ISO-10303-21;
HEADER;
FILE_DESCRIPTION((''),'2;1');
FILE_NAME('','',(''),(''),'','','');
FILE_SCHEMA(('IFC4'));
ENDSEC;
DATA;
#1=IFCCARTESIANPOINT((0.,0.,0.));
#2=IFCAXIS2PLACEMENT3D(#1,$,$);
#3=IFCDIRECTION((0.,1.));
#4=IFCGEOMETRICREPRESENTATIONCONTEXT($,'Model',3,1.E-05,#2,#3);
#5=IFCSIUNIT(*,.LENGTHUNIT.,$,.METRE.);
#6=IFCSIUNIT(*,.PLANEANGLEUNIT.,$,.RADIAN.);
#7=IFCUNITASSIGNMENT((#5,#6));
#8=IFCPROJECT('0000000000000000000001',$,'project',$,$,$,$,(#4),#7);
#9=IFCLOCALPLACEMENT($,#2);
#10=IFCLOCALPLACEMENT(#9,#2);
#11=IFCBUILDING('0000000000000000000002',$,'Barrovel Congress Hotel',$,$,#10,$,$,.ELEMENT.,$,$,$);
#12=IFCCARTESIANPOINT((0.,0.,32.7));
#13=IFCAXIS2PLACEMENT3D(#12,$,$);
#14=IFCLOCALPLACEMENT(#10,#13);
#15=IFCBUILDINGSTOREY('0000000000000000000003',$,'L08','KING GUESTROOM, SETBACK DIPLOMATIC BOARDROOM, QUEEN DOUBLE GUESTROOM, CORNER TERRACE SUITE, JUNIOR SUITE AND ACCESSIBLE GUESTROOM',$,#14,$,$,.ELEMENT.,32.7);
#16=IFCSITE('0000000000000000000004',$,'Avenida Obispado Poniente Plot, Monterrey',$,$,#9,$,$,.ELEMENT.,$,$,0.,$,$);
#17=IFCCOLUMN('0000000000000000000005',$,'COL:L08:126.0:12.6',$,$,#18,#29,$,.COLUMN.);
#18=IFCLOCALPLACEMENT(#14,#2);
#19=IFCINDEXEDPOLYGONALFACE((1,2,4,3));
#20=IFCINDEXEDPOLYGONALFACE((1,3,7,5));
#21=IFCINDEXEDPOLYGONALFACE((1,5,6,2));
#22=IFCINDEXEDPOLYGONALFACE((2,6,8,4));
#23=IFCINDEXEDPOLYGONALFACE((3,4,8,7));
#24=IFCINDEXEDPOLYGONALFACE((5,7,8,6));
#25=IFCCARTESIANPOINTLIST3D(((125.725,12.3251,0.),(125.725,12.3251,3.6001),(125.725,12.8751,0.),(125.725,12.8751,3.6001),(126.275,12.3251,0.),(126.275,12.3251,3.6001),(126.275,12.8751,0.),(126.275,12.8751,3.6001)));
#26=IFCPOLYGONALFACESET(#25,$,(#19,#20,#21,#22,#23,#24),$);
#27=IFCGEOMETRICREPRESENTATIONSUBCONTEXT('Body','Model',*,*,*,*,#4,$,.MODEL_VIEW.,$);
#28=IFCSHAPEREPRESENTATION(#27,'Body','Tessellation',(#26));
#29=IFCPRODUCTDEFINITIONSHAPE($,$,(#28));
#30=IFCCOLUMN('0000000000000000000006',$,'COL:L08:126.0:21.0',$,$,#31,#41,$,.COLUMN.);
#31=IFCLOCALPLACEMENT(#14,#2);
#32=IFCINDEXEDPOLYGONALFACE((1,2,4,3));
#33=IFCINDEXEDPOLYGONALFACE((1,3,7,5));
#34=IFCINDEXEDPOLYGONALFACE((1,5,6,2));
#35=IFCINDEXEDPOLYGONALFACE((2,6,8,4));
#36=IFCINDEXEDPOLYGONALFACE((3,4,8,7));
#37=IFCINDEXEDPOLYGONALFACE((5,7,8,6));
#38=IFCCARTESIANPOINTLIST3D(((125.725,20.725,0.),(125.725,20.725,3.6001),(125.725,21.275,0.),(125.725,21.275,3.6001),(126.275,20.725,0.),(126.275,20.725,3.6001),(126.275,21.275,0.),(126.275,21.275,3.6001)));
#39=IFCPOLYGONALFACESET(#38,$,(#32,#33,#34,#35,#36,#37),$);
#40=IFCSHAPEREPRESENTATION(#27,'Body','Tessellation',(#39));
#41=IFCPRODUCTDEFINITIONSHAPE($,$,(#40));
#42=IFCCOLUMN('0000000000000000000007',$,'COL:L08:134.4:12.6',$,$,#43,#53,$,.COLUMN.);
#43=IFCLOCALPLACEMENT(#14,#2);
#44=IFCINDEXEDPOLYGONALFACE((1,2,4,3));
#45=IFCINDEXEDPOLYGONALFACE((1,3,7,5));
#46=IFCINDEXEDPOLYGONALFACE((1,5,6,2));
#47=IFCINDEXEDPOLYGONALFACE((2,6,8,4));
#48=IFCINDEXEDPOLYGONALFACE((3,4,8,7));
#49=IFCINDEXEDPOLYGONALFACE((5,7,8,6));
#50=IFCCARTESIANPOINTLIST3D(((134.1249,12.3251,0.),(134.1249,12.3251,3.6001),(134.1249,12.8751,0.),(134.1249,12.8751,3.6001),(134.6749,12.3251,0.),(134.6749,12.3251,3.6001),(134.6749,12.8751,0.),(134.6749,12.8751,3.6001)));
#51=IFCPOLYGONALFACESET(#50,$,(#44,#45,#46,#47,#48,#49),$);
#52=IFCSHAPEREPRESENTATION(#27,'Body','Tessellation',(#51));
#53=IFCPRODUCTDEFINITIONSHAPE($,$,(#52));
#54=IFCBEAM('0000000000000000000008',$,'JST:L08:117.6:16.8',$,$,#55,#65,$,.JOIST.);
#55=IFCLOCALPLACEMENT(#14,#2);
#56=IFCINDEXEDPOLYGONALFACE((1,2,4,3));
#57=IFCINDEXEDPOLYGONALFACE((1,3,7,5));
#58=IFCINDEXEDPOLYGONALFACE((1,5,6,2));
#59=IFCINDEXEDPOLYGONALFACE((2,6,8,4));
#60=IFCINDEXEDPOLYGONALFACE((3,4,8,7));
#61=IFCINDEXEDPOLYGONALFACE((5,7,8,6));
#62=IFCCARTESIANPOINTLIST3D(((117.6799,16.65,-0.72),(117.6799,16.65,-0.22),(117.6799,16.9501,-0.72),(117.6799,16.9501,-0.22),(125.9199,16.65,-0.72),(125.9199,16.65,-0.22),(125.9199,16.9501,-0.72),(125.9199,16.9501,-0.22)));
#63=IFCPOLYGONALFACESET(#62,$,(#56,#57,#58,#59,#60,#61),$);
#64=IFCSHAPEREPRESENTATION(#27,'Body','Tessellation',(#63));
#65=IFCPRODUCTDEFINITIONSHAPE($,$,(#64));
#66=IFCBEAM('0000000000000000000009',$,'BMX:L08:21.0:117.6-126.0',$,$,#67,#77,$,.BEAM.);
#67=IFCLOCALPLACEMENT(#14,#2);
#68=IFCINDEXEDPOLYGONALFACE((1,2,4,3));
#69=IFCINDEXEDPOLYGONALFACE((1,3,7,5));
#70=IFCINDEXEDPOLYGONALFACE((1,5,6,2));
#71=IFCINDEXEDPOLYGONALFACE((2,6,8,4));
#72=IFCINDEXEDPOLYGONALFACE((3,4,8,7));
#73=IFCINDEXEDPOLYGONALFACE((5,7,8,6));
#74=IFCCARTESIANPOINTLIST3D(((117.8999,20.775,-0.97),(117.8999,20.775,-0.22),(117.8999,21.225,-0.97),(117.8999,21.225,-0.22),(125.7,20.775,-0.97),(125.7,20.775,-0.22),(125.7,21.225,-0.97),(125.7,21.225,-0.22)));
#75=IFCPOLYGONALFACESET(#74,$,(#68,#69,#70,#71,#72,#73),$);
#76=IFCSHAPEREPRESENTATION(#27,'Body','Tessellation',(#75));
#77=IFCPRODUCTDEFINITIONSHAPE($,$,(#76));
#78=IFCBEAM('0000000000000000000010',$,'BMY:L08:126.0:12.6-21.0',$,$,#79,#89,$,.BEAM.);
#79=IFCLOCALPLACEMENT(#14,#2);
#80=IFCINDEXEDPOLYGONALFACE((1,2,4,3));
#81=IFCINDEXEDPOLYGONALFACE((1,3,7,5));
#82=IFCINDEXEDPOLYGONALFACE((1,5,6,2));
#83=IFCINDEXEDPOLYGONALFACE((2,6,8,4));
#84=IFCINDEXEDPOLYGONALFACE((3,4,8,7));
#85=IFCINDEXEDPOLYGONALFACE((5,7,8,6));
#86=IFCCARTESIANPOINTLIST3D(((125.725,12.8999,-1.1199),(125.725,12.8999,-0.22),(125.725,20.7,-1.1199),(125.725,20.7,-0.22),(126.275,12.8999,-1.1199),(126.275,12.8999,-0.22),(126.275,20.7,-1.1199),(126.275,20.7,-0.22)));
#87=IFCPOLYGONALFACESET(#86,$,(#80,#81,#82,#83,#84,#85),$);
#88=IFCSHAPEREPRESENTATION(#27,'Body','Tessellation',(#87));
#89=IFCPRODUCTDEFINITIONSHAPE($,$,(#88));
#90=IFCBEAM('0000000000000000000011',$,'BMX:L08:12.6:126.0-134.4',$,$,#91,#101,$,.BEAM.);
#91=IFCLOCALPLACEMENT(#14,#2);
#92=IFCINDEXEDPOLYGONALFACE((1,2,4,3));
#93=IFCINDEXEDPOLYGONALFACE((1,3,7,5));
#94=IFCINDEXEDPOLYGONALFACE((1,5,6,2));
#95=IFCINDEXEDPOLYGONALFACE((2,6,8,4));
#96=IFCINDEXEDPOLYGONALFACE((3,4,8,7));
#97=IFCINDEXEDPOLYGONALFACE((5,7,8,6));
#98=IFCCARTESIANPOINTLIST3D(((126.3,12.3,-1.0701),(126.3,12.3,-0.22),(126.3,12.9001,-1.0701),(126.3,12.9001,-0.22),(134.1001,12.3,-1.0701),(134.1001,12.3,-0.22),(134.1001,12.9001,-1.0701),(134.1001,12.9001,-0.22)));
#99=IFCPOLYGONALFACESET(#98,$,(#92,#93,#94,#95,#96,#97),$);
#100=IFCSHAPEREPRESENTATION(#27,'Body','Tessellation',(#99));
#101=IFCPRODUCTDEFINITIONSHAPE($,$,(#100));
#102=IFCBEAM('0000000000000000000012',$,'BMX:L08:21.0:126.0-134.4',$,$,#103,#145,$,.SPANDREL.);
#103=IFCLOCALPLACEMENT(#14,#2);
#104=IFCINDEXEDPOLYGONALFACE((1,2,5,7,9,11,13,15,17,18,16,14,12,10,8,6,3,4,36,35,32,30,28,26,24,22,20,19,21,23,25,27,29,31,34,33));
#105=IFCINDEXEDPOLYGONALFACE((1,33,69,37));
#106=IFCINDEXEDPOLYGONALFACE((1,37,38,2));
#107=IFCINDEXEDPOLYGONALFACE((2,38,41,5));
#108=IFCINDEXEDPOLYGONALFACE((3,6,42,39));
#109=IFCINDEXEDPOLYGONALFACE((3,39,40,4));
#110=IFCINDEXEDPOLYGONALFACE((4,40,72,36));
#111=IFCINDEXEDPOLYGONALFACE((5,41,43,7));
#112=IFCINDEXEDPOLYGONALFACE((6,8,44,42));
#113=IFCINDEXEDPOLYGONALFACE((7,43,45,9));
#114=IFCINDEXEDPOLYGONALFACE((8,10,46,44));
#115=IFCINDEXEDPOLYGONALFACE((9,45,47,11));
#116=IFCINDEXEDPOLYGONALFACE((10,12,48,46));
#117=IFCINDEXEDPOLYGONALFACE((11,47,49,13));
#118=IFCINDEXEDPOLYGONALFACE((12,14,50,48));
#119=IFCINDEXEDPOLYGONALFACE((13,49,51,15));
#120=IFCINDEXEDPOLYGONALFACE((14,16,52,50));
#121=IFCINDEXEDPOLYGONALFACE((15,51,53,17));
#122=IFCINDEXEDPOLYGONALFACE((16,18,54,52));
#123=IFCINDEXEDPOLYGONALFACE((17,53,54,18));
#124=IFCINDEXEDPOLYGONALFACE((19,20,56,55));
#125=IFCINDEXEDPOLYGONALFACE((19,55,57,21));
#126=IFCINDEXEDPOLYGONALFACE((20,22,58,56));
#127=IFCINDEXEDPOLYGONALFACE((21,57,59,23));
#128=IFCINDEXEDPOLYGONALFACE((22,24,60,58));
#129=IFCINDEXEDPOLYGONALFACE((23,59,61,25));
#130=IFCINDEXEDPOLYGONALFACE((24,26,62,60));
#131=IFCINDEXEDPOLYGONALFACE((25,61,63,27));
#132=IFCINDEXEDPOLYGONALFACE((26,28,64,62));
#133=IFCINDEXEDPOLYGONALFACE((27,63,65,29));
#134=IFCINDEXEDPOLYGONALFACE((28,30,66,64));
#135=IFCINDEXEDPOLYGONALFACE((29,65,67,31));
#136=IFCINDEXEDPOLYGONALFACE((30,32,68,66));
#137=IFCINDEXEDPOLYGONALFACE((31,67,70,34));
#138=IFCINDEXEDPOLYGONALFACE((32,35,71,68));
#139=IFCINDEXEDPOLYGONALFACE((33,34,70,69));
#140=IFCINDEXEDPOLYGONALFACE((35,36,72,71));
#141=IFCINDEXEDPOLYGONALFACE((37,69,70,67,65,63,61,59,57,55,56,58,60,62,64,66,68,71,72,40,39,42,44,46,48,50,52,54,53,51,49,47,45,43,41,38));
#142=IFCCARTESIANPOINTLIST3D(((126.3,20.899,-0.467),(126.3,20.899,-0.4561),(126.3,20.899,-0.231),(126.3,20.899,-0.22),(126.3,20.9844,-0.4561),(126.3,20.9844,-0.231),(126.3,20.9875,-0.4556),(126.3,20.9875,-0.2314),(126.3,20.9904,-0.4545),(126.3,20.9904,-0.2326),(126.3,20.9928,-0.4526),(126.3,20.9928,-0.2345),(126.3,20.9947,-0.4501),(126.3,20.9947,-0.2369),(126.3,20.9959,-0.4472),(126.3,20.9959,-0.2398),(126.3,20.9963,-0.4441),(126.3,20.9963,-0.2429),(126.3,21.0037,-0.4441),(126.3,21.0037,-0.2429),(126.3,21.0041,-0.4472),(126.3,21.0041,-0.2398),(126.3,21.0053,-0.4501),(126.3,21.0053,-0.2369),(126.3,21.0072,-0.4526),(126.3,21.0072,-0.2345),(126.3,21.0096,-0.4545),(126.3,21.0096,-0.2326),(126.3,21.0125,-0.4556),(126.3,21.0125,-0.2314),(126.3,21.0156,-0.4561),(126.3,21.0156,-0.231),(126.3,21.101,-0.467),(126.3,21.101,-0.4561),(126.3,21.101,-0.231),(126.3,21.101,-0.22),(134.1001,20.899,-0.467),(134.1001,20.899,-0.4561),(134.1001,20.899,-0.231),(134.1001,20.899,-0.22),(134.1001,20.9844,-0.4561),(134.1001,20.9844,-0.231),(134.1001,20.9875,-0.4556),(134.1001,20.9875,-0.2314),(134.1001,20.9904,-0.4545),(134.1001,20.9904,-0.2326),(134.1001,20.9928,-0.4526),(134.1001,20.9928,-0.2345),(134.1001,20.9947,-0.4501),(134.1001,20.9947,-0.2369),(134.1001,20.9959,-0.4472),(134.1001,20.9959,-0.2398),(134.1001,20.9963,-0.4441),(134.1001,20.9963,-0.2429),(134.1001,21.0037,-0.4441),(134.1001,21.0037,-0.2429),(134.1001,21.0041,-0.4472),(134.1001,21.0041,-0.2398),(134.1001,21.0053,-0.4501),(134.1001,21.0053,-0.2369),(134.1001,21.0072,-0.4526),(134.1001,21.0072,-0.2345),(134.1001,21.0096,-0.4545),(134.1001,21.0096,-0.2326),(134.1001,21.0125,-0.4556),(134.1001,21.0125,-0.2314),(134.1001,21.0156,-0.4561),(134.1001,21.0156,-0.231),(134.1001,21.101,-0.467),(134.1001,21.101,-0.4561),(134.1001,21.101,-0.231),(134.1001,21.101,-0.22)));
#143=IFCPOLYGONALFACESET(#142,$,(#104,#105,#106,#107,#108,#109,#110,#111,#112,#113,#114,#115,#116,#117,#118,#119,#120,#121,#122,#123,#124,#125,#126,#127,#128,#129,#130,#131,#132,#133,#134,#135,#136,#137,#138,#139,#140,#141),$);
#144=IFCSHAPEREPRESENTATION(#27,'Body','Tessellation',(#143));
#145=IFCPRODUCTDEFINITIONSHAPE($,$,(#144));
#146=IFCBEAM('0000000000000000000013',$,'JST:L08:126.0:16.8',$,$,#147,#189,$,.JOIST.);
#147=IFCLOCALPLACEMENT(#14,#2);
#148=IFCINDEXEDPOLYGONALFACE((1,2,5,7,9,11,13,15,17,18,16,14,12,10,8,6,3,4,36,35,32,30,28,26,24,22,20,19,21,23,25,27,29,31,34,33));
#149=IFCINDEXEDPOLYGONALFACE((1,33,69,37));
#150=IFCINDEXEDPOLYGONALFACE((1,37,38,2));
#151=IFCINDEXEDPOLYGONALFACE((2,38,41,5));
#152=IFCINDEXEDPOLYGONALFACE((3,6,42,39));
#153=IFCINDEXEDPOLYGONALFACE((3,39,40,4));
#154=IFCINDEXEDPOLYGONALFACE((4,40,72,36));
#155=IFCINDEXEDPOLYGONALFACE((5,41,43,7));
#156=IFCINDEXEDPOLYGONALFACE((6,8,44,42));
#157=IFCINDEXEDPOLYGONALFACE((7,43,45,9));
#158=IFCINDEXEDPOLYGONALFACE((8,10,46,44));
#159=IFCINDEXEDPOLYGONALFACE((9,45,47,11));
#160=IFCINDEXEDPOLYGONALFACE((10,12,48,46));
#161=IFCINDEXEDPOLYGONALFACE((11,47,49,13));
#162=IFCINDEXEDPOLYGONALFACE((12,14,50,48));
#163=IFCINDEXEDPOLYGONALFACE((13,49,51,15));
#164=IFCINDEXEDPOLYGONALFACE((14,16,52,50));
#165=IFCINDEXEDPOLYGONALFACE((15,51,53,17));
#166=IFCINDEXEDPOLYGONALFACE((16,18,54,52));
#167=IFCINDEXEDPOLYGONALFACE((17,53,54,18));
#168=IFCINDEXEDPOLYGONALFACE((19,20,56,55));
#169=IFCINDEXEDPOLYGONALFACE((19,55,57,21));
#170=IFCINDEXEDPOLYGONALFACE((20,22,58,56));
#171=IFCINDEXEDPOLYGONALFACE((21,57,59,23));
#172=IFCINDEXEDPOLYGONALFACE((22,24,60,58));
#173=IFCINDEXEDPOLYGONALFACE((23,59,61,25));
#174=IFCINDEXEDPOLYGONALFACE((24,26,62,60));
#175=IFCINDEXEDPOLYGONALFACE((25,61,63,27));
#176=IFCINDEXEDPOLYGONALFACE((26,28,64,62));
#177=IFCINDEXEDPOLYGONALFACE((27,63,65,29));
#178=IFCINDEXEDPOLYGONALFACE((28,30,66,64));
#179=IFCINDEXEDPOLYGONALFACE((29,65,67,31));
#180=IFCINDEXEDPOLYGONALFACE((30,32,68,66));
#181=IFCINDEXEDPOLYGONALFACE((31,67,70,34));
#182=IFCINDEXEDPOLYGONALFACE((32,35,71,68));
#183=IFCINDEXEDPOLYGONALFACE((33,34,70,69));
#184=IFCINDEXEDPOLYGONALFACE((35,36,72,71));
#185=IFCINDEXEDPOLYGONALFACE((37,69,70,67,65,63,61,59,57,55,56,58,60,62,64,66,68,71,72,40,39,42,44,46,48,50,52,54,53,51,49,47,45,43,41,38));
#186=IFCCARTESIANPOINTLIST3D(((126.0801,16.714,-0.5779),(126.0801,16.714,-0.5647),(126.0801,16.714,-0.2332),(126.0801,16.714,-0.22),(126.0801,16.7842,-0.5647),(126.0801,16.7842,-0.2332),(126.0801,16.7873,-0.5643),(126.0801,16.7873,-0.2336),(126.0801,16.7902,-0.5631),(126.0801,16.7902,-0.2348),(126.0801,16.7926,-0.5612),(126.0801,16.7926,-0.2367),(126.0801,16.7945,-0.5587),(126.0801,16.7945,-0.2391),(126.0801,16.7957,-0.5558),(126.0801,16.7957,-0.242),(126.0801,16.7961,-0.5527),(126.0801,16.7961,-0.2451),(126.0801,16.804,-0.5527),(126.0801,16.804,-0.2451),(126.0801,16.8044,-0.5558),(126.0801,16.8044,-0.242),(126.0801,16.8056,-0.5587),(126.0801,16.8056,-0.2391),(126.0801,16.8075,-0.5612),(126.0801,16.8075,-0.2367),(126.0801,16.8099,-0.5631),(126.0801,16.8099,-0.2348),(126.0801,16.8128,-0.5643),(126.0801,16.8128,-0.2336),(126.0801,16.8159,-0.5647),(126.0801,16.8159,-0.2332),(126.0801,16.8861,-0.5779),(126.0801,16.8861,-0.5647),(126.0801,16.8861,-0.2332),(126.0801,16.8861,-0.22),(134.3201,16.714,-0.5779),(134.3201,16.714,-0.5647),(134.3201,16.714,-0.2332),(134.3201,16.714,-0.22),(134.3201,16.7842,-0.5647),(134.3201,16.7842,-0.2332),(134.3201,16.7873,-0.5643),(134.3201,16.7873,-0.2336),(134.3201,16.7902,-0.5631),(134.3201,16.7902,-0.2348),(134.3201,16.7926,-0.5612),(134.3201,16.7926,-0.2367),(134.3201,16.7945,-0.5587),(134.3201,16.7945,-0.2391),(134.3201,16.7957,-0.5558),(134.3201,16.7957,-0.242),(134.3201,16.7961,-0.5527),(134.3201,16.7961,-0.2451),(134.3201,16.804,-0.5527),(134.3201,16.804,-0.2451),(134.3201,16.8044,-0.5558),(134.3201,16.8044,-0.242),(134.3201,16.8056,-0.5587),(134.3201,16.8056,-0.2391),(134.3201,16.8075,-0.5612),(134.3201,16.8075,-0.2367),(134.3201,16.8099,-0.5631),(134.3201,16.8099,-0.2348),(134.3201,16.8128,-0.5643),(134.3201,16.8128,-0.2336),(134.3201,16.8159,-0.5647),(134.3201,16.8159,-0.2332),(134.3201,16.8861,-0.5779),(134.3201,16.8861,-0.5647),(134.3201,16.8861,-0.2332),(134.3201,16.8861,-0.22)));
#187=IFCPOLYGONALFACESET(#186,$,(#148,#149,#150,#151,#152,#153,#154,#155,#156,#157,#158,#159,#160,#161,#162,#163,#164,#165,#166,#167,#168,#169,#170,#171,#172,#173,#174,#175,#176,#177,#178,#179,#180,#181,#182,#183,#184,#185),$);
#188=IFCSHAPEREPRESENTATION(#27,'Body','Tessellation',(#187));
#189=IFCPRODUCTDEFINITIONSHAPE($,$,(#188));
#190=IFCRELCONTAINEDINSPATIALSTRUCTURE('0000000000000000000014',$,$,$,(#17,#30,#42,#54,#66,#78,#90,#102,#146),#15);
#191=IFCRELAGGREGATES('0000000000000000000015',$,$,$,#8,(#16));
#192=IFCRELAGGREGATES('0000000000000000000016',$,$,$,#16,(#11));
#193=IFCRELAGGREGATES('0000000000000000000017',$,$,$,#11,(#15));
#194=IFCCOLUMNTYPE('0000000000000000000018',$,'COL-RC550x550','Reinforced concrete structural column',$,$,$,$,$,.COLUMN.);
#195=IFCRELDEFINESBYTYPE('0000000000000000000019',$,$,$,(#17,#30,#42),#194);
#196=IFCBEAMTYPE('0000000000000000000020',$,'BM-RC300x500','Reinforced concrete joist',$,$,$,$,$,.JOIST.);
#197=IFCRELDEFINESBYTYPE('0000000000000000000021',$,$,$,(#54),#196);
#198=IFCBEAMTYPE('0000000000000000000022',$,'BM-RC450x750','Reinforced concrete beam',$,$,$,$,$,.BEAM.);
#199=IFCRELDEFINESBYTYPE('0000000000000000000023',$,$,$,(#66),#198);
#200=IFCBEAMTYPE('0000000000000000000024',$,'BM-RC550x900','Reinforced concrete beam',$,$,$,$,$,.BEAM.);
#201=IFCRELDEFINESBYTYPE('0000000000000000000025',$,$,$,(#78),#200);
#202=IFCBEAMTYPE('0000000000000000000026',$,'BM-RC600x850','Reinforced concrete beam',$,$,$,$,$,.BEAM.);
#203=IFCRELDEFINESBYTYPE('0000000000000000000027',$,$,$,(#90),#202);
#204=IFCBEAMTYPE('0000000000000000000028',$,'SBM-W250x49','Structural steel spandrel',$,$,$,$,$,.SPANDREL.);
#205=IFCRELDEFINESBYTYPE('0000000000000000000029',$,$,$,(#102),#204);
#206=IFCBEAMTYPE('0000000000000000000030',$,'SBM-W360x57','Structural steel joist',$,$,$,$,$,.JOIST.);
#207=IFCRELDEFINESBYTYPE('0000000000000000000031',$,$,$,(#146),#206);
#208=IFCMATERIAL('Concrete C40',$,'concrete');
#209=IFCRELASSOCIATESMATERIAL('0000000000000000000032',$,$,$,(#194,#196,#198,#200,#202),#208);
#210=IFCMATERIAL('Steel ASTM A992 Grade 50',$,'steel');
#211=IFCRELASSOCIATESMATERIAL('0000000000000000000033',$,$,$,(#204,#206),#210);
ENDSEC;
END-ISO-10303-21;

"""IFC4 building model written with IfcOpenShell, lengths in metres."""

from ifc_helpers import new_model, si_unit, direction, frame, origin, origin_2d, place, context, subcontext, project, spatial, rectangle, i_section, extrude, material, material_profile, profile_set, type_object, element, save


model = new_model("IFC4")

# Units and contexts
model_context = context("Model", 3, precision=1e-05, world=origin(), true_north=direction((0.0, 1.0)))
body_context = subcontext(model_context, "Body", "Model", "MODEL_VIEW")
ifc_project = project(units=[si_unit("LENGTHUNIT", "METRE"), si_unit("PLANEANGLEUNIT", "RADIAN")], contexts=[model_context])

# Site, building, storey
site_placement = place(None, origin())
site = spatial("IfcSite", under=ifc_project, at=site_placement, Name="Avenida Obispado Poniente Plot, Monterrey", CompositionType="ELEMENT", RefElevation=0.0)
building_placement = place(site_placement, origin())
building = spatial("IfcBuilding", under=site, at=building_placement, Name="Barrovel Congress Hotel", CompositionType="ELEMENT")
storey_placement = place(building_placement, frame((0.0, 0.0, 32.7)))
storey = spatial("IfcBuildingStorey", under=building, at=storey_placement, Name="L08", Description="KING GUESTROOM, SETBACK DIPLOMATIC BOARDROOM, QUEEN DOUBLE GUESTROOM, CORNER TERRACE SUITE, JUNIOR SUITE AND ACCESSIBLE GUESTROOM", CompositionType="ELEMENT", Elevation=32.7)

# Columns
ifc_material_1 = material(Name="Concrete C40", Category="concrete")
ifc_material_profile_1 = material_profile(ifc_material_1, rectangle(XDim=0.55, YDim=0.55, at=origin_2d()), Name="RC550x550")
ifc_profile_set_1 = profile_set([ifc_material_profile_1], Name="Concrete C40")
column_type = type_object("IfcColumnType", Name="COL-RC550x550", Description="Reinforced concrete structural column", PredefinedType="COLUMN", material=ifc_profile_set_1)
for number, where, z_axis, x_axis, name in (
    (1, (126.0, 12.6001, 0.0), (0.0, 0.0, 1.0), (1.0, 0.0, 0.0), "COL:L08:126.0:12.6"),
    (2, (126.0, 21.0, 0.0), (0.0, 0.0, 1.0), (1.0, 0.0, 0.0), "COL:L08:126.0:21.0"),
    (3, (134.3999, 12.6001, 0.0), (0.0, 0.0, 1.0), (1.0, 0.0, 0.0), "COL:L08:134.4:12.6"),
):
    element("IfcColumn", number, at=place(storey_placement, frame(where, z_axis=z_axis, x_axis=x_axis)), inside=storey, type_object=column_type, Name=name, PredefinedType="COLUMN", context=body_context, shape_type="SweptSolid", body=[
        extrude(rectangle(XDim=0.55, YDim=0.55, at=origin_2d()), origin(), (0.0, 0.0, 1.0), 3.6001),
    ])

# Beams
ifc_material_profile_2 = material_profile(ifc_material_1, rectangle(XDim=0.3, YDim=0.5, at=origin_2d()), Name="RC300x500")
ifc_profile_set_2 = profile_set([ifc_material_profile_2], Name="Concrete C40")
beam_type_1 = type_object("IfcBeamType", Name="BM-RC300x500", Description="Reinforced concrete joist", PredefinedType="JOIST", material=ifc_profile_set_2)
beam_1_placement = place(storey_placement, frame((117.6799, 16.8, -0.47), z_axis=(1.0, 0.0, 0.0), x_axis=(0.0, 1.0, 0.0)))
element("IfcBeam", 4, at=beam_1_placement, inside=storey, type_object=beam_type_1, Name="JST:L08:117.6:16.8", PredefinedType="JOIST", context=body_context, shape_type="SweptSolid", body=[
    extrude(rectangle(XDim=0.3, YDim=0.5, at=origin_2d()), origin(), (0.0, 0.0, 1.0), 8.24),
])
ifc_material_profile_3 = material_profile(ifc_material_1, rectangle(XDim=0.45, YDim=0.75, at=origin_2d()), Name="RC450x750")
ifc_profile_set_3 = profile_set([ifc_material_profile_3], Name="Concrete C40")
beam_type_2 = type_object("IfcBeamType", Name="BM-RC450x750", Description="Reinforced concrete beam", PredefinedType="BEAM", material=ifc_profile_set_3)
beam_2_placement = place(storey_placement, frame((117.8999, 21.0, -0.595), z_axis=(1.0, 0.0, 0.0), x_axis=(0.0, 1.0, 0.0)))
element("IfcBeam", 5, at=beam_2_placement, inside=storey, type_object=beam_type_2, Name="BMX:L08:21.0:117.6-126.0", PredefinedType="BEAM", context=body_context, shape_type="SweptSolid", body=[
    extrude(rectangle(XDim=0.45, YDim=0.75, at=origin_2d()), origin(), (0.0, 0.0, 1.0), 7.8),
])
ifc_material_profile_4 = material_profile(ifc_material_1, rectangle(XDim=0.55, YDim=0.8999, at=origin_2d()), Name="RC550x900")
ifc_profile_set_4 = profile_set([ifc_material_profile_4], Name="Concrete C40")
beam_type_3 = type_object("IfcBeamType", Name="BM-RC550x900", Description="Reinforced concrete beam", PredefinedType="BEAM", material=ifc_profile_set_4)
beam_3_placement = place(storey_placement, frame((126.0, 12.8999, -0.6699), z_axis=(0.0, 1.0, 0.0), x_axis=(-1.0, 0.0, 0.0)))
element("IfcBeam", 6, at=beam_3_placement, inside=storey, type_object=beam_type_3, Name="BMY:L08:126.0:12.6-21.0", PredefinedType="BEAM", context=body_context, shape_type="SweptSolid", body=[
    extrude(rectangle(XDim=0.55, YDim=0.8999, at=origin_2d()), origin(), (0.0, 0.0, 1.0), 7.8),
])
ifc_material_profile_5 = material_profile(ifc_material_1, rectangle(XDim=0.6001, YDim=0.8501, at=origin_2d()), Name="RC600x850")
ifc_profile_set_5 = profile_set([ifc_material_profile_5], Name="Concrete C40")
beam_type_4 = type_object("IfcBeamType", Name="BM-RC600x850", Description="Reinforced concrete beam", PredefinedType="BEAM", material=ifc_profile_set_5)
beam_4_placement = place(storey_placement, frame((126.3, 12.6001, -0.645), z_axis=(1.0, 0.0, 0.0), x_axis=(0.0, 1.0, 0.0)))
element("IfcBeam", 7, at=beam_4_placement, inside=storey, type_object=beam_type_4, Name="BMX:L08:12.6:126.0-134.4", PredefinedType="BEAM", context=body_context, shape_type="SweptSolid", body=[
    extrude(rectangle(XDim=0.6001, YDim=0.8501, at=origin_2d()), origin(), (0.0, 0.0, 1.0), 7.8),
])
ifc_material_2 = material(Name="Steel ASTM A992 Grade 50", Category="steel")
ifc_material_profile_6 = material_profile(ifc_material_2, i_section(OverallWidth=0.2019, OverallDepth=0.2471, WebThickness=0.0073, FlangeThickness=0.011, FilletRadius=0.012, at=origin_2d()), Name="W250x49")
ifc_profile_set_6 = profile_set([ifc_material_profile_6], Name="Steel ASTM A992 Grade 50")
beam_type_5 = type_object("IfcBeamType", Name="SBM-W250x49", Description="Structural steel spandrel", PredefinedType="SPANDREL", material=ifc_profile_set_6)
beam_5_placement = place(storey_placement, frame((126.3, 21.0, -0.3435), z_axis=(1.0, 0.0, 0.0), x_axis=(0.0, 1.0, 0.0)))
element("IfcBeam", 8, at=beam_5_placement, inside=storey, type_object=beam_type_5, Name="BMX:L08:21.0:126.0-134.4", PredefinedType="SPANDREL", context=body_context, shape_type="SweptSolid", body=[
    extrude(i_section(OverallWidth=0.2019, OverallDepth=0.2471, WebThickness=0.0073, FlangeThickness=0.011, FilletRadius=0.012, at=origin_2d()), origin(), (0.0, 0.0, 1.0), 7.8),
])
ifc_material_profile_7 = material_profile(ifc_material_2, i_section(OverallWidth=0.1721, OverallDepth=0.3579, WebThickness=0.0078, FlangeThickness=0.0132, FilletRadius=0.012, at=origin_2d()), Name="W360x57")
ifc_profile_set_7 = profile_set([ifc_material_profile_7], Name="Steel ASTM A992 Grade 50")
beam_type_6 = type_object("IfcBeamType", Name="SBM-W360x57", Description="Structural steel joist", PredefinedType="JOIST", material=ifc_profile_set_7)
beam_6_placement = place(storey_placement, frame((126.0801, 16.8, -0.3989), z_axis=(1.0, 0.0, 0.0), x_axis=(0.0, 1.0, 0.0)))
element("IfcBeam", 9, at=beam_6_placement, inside=storey, type_object=beam_type_6, Name="JST:L08:126.0:16.8", PredefinedType="JOIST", context=body_context, shape_type="SweptSolid", body=[
    extrude(i_section(OverallWidth=0.1721, OverallDepth=0.3579, WebThickness=0.0078, FlangeThickness=0.0132, FilletRadius=0.012, at=origin_2d()), origin(), (0.0, 0.0, 1.0), 8.24),
])

save(model, "model.ifc")
